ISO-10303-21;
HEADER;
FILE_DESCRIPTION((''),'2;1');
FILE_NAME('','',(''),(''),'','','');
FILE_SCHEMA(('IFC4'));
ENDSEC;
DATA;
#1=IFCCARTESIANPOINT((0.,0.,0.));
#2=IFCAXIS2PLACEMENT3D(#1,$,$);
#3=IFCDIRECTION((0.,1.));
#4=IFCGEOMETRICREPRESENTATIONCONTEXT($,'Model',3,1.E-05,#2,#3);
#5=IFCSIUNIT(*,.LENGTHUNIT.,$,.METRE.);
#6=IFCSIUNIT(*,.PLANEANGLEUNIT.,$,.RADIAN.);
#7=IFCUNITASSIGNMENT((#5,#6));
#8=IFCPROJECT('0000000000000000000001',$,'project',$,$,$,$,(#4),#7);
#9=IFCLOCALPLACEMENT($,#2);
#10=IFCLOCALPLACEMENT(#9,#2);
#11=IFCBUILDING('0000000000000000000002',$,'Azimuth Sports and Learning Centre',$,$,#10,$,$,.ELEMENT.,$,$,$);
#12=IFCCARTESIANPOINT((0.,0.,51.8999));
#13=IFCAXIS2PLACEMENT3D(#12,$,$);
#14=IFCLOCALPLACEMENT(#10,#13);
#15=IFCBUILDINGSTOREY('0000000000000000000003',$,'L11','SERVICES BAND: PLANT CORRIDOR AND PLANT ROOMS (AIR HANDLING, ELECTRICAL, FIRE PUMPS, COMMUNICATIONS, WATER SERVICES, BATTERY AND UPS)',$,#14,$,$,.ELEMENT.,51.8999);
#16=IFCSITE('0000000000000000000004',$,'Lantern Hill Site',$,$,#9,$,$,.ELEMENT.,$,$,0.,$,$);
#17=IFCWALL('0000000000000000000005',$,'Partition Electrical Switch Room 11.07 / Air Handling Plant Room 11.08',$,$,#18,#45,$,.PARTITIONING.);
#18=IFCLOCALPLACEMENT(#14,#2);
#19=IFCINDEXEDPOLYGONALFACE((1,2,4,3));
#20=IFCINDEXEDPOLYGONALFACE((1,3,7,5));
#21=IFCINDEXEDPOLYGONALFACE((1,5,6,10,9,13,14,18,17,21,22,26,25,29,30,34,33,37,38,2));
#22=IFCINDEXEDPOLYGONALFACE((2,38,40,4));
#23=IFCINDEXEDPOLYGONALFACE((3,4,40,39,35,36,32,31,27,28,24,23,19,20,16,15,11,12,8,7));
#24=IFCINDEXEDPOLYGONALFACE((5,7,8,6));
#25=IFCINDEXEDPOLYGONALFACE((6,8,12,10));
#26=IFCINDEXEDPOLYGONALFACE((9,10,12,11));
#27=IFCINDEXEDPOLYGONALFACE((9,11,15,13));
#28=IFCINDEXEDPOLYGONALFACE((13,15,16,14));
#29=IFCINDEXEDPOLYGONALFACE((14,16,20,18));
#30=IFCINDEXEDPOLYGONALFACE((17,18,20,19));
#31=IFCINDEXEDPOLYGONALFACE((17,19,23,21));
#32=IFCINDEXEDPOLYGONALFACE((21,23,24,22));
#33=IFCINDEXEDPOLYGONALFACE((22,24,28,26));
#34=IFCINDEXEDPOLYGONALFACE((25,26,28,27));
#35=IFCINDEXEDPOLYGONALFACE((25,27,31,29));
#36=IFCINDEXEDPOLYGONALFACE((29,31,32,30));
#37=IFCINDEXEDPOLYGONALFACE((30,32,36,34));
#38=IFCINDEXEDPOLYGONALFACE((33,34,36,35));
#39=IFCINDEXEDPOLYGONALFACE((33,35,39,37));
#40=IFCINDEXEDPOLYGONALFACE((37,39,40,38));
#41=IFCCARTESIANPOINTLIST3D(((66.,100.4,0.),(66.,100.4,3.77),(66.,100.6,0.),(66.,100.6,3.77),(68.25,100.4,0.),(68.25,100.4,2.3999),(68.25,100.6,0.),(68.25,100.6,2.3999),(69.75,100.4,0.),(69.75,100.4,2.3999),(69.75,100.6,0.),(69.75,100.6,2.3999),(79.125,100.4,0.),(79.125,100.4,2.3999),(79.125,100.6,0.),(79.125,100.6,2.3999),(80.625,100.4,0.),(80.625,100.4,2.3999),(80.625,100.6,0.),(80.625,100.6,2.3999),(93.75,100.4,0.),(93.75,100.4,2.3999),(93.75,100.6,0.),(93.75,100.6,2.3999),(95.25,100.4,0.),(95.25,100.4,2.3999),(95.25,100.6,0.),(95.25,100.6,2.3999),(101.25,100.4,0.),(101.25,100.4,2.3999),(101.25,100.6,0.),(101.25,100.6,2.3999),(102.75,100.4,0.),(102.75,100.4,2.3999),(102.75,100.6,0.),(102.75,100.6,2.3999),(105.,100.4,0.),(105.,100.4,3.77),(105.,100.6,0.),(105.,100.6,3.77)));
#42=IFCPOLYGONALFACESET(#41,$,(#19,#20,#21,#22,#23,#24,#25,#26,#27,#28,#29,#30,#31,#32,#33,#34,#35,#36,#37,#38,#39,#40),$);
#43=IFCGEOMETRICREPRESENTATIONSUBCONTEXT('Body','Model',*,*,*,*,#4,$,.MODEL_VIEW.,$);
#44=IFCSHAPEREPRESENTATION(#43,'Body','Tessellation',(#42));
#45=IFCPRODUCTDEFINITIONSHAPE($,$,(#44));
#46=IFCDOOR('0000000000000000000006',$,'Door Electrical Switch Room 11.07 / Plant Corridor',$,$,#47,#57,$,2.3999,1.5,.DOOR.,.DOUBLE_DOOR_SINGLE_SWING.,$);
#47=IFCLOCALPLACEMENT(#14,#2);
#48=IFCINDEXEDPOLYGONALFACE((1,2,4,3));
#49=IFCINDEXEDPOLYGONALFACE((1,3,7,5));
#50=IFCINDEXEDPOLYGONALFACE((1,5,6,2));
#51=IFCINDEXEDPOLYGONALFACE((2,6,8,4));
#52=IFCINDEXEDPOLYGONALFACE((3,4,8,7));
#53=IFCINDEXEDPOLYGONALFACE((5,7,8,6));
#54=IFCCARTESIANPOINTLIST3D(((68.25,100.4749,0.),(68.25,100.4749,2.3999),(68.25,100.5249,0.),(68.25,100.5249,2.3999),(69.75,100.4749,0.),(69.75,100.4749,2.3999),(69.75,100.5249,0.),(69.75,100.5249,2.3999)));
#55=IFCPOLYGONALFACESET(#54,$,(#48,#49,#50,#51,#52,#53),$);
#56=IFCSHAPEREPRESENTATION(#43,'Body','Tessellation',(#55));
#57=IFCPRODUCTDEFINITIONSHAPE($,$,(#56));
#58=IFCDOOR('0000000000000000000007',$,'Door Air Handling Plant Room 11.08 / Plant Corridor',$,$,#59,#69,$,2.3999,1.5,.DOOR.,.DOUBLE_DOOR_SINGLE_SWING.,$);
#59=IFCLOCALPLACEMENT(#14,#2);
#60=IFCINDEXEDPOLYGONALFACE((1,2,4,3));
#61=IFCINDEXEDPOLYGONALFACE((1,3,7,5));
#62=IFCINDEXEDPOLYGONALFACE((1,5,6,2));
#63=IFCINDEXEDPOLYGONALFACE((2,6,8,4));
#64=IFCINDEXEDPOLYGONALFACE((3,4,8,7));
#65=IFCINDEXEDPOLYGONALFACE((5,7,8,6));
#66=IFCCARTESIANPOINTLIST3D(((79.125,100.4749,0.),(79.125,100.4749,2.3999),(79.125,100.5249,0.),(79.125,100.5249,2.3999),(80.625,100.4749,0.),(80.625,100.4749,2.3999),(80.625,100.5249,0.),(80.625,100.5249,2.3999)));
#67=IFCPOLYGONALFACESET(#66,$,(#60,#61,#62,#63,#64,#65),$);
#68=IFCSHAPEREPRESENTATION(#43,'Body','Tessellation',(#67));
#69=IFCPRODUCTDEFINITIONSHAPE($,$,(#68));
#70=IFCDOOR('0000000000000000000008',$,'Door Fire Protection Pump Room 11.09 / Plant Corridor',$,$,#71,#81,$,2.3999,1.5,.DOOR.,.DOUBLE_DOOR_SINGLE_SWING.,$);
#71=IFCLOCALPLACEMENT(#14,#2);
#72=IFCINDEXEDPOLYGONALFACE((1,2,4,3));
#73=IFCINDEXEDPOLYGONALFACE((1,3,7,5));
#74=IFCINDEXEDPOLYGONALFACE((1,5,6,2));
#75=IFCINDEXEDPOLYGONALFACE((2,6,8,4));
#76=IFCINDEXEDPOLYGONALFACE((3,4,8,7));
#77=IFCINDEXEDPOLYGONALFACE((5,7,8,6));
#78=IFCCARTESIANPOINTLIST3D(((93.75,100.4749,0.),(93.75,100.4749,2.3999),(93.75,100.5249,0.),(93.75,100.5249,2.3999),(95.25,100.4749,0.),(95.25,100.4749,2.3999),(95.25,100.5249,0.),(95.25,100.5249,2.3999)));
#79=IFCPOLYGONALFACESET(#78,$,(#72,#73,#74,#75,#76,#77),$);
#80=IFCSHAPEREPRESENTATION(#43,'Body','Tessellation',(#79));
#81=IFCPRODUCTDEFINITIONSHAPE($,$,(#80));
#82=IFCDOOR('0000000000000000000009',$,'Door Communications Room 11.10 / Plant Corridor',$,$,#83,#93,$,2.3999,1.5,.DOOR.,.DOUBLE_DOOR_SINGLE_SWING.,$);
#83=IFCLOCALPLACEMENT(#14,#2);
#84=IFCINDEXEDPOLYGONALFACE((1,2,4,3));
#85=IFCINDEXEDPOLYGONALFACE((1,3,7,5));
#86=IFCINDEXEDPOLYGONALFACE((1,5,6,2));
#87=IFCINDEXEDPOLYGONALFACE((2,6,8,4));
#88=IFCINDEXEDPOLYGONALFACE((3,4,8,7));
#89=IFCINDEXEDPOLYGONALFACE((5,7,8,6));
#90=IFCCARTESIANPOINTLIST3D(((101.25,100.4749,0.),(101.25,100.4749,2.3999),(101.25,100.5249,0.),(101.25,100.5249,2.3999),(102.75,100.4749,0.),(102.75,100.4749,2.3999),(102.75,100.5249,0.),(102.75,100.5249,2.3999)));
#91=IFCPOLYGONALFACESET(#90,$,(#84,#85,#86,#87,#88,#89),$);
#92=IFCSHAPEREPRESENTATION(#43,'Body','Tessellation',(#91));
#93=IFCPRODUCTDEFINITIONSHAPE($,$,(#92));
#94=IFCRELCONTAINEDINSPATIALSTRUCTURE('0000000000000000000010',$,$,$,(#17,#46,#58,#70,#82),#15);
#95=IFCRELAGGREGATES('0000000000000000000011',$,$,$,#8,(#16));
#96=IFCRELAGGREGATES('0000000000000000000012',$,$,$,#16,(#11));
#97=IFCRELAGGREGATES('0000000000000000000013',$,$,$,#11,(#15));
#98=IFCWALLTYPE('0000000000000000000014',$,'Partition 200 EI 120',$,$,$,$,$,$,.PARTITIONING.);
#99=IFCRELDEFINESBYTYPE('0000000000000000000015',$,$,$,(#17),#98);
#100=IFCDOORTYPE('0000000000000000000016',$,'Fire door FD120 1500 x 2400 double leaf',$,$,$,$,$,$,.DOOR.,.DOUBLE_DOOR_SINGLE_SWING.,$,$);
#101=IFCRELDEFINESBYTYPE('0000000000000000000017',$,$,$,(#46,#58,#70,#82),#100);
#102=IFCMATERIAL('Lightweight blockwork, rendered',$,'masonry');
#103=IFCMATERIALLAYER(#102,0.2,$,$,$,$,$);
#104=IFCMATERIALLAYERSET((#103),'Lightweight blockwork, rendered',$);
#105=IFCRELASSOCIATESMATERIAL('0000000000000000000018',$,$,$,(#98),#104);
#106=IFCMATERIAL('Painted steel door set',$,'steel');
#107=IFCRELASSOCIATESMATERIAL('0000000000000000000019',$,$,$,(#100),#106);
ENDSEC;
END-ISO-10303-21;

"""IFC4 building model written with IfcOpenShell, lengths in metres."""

from ifc_helpers import new_model, si_unit, direction, frame, frame_2d, origin, place, context, subcontext, project, spatial, rectangle, extrude, material, layer, layer_set, type_object, element, fill, save


model = new_model("IFC4")

# Units and contexts
model_context = context("Model", 3, precision=1e-05, world=origin(), true_north=direction((0.0, 1.0)))
body_context = subcontext(model_context, "Body", "Model", "MODEL_VIEW")
ifc_project = project(units=[si_unit("LENGTHUNIT", "METRE"), si_unit("PLANEANGLEUNIT", "RADIAN")], contexts=[model_context])

# Site, building, storey
site_placement = place(None, origin())
site = spatial("IfcSite", under=ifc_project, at=site_placement, Name="Lantern Hill Site", CompositionType="ELEMENT", RefElevation=0.0)
building_placement = place(site_placement, origin())
building = spatial("IfcBuilding", under=site, at=building_placement, Name="Azimuth Sports and Learning Centre", CompositionType="ELEMENT")
storey_placement = place(building_placement, frame((0.0, 0.0, 51.8999)))
storey = spatial("IfcBuildingStorey", under=building, at=storey_placement, Name="L11", Description="SERVICES BAND: PLANT CORRIDOR AND PLANT ROOMS (AIR HANDLING, ELECTRICAL, FIRE PUMPS, COMMUNICATIONS, WATER SERVICES, BATTERY AND UPS)", CompositionType="ELEMENT", Elevation=51.8999)

# Wall, openings, doors
ifc_material_1 = material(Name="Lightweight blockwork, rendered", Category="masonry")
ifc_layer_1 = layer(ifc_material_1, 0.2)
ifc_layer_set_1 = layer_set([ifc_layer_1], Name="Lightweight blockwork, rendered")
wall_type_1 = type_object("IfcWallType", Name="Partition 200 EI 120", PredefinedType="PARTITIONING", material=ifc_layer_set_1)
wall_1_placement = place(storey_placement, frame((66.0, 100.5, 0.0), z_axis=(0.0, 0.0, 1.0), x_axis=(1.0, 0.0, 0.0)))
wall_1 = element("IfcWall", 1, at=wall_1_placement, inside=storey, type_object=wall_type_1, Name="Partition Electrical Switch Room 11.07 / Air Handling Plant Room 11.08", PredefinedType="PARTITIONING", context=body_context, shape_type="SweptSolid", body=[
    extrude(rectangle(XDim=39.0, YDim=0.2, at=frame_2d((19.5, 0.0))), origin(), (0.0, 0.0, 1.0), 3.77),
])
opening_1_placement = place(wall_1_placement, frame((2.25, 0.0, 0.0)))
opening_1 = element("IfcOpeningElement", 2, at=opening_1_placement, cuts=wall_1, PredefinedType="OPENING", context=body_context, shape_type="SweptSolid", body=[
    extrude(rectangle(XDim=1.5, YDim=2.3999, at=frame_2d((0.75, 1.2))), frame((0.0, 0.1108, 0.0), z_axis=(0.0, -1.0, 0.0), x_axis=(1.0, 0.0, 0.0)), (0.0, 0.0, 1.0), 0.2219),
])
opening_2_placement = place(wall_1_placement, frame((13.125, 0.0, 0.0)))
opening_2 = element("IfcOpeningElement", 3, at=opening_2_placement, cuts=wall_1, PredefinedType="OPENING", context=body_context, shape_type="SweptSolid", body=[
    extrude(rectangle(XDim=1.5, YDim=2.3999, at=frame_2d((0.75, 1.2))), frame((0.0, 0.1108, 0.0), z_axis=(0.0, -1.0, 0.0), x_axis=(1.0, 0.0, 0.0)), (0.0, 0.0, 1.0), 0.2219),
])
opening_3_placement = place(wall_1_placement, frame((27.75, 0.0, 0.0)))
opening_3 = element("IfcOpeningElement", 4, at=opening_3_placement, cuts=wall_1, PredefinedType="OPENING", context=body_context, shape_type="SweptSolid", body=[
    extrude(rectangle(XDim=1.5, YDim=2.3999, at=frame_2d((0.75, 1.2))), frame((0.0, 0.1108, 0.0), z_axis=(0.0, -1.0, 0.0), x_axis=(1.0, 0.0, 0.0)), (0.0, 0.0, 1.0), 0.2219),
])
opening_4_placement = place(wall_1_placement, frame((35.25, 0.0, 0.0)))
opening_4 = element("IfcOpeningElement", 5, at=opening_4_placement, cuts=wall_1, PredefinedType="OPENING", context=body_context, shape_type="SweptSolid", body=[
    extrude(rectangle(XDim=1.5, YDim=2.3999, at=frame_2d((0.75, 1.2))), frame((0.0, 0.1108, 0.0), z_axis=(0.0, -1.0, 0.0), x_axis=(1.0, 0.0, 0.0)), (0.0, 0.0, 1.0), 0.2219),
])
ifc_material_2 = material(Name="Painted steel door set", Category="steel")
door_type_1 = type_object("IfcDoorType", Name="Fire door FD120 1500 x 2400 double leaf", OperationType="DOUBLE_DOOR_SINGLE_SWING", PredefinedType="DOOR", material=ifc_material_2)
door_1_placement = place(opening_1_placement, origin())
door_1 = element("IfcDoor", 6, at=door_1_placement, inside=storey, type_object=door_type_1, Name="Door Electrical Switch Room 11.07 / Plant Corridor", OperationType="DOUBLE_DOOR_SINGLE_SWING", OverallHeight=2.3999, OverallWidth=1.5, PredefinedType="DOOR", context=body_context, shape_type="SweptSolid", body=[
    extrude(rectangle(XDim=1.5, YDim=2.3999, at=frame_2d((0.75, 1.2))), frame((0.0, 0.0249, 0.0), z_axis=(0.0, -1.0, 0.0), x_axis=(1.0, 0.0, 0.0)), (0.0, 0.0, 1.0), 0.05),
])
fill(opening_1, door_1)
door_2_placement = place(opening_2_placement, origin())
door_2 = element("IfcDoor", 7, at=door_2_placement, inside=storey, type_object=door_type_1, Name="Door Air Handling Plant Room 11.08 / Plant Corridor", OperationType="DOUBLE_DOOR_SINGLE_SWING", OverallHeight=2.3999, OverallWidth=1.5, PredefinedType="DOOR", context=body_context, shape_type="SweptSolid", body=[
    extrude(rectangle(XDim=1.5, YDim=2.3999, at=frame_2d((0.75, 1.2))), frame((0.0, 0.0249, 0.0), z_axis=(0.0, -1.0, 0.0), x_axis=(1.0, 0.0, 0.0)), (0.0, 0.0, 1.0), 0.05),
])
fill(opening_2, door_2)
door_3_placement = place(opening_3_placement, origin())
door_3 = element("IfcDoor", 8, at=door_3_placement, inside=storey, type_object=door_type_1, Name="Door Fire Protection Pump Room 11.09 / Plant Corridor", OperationType="DOUBLE_DOOR_SINGLE_SWING", OverallHeight=2.3999, OverallWidth=1.5, PredefinedType="DOOR", context=body_context, shape_type="SweptSolid", body=[
    extrude(rectangle(XDim=1.5, YDim=2.3999, at=frame_2d((0.75, 1.2))), frame((0.0, 0.0249, 0.0), z_axis=(0.0, -1.0, 0.0), x_axis=(1.0, 0.0, 0.0)), (0.0, 0.0, 1.0), 0.05),
])
fill(opening_3, door_3)
door_4_placement = place(opening_4_placement, origin())
door_4 = element("IfcDoor", 9, at=door_4_placement, inside=storey, type_object=door_type_1, Name="Door Communications Room 11.10 / Plant Corridor", OperationType="DOUBLE_DOOR_SINGLE_SWING", OverallHeight=2.3999, OverallWidth=1.5, PredefinedType="DOOR", context=body_context, shape_type="SweptSolid", body=[
    extrude(rectangle(XDim=1.5, YDim=2.3999, at=frame_2d((0.75, 1.2))), frame((0.0, 0.0249, 0.0), z_axis=(0.0, -1.0, 0.0), x_axis=(1.0, 0.0, 0.0)), (0.0, 0.0, 1.0), 0.05),
])
fill(opening_4, door_4)

save(model, "model.ifc")
